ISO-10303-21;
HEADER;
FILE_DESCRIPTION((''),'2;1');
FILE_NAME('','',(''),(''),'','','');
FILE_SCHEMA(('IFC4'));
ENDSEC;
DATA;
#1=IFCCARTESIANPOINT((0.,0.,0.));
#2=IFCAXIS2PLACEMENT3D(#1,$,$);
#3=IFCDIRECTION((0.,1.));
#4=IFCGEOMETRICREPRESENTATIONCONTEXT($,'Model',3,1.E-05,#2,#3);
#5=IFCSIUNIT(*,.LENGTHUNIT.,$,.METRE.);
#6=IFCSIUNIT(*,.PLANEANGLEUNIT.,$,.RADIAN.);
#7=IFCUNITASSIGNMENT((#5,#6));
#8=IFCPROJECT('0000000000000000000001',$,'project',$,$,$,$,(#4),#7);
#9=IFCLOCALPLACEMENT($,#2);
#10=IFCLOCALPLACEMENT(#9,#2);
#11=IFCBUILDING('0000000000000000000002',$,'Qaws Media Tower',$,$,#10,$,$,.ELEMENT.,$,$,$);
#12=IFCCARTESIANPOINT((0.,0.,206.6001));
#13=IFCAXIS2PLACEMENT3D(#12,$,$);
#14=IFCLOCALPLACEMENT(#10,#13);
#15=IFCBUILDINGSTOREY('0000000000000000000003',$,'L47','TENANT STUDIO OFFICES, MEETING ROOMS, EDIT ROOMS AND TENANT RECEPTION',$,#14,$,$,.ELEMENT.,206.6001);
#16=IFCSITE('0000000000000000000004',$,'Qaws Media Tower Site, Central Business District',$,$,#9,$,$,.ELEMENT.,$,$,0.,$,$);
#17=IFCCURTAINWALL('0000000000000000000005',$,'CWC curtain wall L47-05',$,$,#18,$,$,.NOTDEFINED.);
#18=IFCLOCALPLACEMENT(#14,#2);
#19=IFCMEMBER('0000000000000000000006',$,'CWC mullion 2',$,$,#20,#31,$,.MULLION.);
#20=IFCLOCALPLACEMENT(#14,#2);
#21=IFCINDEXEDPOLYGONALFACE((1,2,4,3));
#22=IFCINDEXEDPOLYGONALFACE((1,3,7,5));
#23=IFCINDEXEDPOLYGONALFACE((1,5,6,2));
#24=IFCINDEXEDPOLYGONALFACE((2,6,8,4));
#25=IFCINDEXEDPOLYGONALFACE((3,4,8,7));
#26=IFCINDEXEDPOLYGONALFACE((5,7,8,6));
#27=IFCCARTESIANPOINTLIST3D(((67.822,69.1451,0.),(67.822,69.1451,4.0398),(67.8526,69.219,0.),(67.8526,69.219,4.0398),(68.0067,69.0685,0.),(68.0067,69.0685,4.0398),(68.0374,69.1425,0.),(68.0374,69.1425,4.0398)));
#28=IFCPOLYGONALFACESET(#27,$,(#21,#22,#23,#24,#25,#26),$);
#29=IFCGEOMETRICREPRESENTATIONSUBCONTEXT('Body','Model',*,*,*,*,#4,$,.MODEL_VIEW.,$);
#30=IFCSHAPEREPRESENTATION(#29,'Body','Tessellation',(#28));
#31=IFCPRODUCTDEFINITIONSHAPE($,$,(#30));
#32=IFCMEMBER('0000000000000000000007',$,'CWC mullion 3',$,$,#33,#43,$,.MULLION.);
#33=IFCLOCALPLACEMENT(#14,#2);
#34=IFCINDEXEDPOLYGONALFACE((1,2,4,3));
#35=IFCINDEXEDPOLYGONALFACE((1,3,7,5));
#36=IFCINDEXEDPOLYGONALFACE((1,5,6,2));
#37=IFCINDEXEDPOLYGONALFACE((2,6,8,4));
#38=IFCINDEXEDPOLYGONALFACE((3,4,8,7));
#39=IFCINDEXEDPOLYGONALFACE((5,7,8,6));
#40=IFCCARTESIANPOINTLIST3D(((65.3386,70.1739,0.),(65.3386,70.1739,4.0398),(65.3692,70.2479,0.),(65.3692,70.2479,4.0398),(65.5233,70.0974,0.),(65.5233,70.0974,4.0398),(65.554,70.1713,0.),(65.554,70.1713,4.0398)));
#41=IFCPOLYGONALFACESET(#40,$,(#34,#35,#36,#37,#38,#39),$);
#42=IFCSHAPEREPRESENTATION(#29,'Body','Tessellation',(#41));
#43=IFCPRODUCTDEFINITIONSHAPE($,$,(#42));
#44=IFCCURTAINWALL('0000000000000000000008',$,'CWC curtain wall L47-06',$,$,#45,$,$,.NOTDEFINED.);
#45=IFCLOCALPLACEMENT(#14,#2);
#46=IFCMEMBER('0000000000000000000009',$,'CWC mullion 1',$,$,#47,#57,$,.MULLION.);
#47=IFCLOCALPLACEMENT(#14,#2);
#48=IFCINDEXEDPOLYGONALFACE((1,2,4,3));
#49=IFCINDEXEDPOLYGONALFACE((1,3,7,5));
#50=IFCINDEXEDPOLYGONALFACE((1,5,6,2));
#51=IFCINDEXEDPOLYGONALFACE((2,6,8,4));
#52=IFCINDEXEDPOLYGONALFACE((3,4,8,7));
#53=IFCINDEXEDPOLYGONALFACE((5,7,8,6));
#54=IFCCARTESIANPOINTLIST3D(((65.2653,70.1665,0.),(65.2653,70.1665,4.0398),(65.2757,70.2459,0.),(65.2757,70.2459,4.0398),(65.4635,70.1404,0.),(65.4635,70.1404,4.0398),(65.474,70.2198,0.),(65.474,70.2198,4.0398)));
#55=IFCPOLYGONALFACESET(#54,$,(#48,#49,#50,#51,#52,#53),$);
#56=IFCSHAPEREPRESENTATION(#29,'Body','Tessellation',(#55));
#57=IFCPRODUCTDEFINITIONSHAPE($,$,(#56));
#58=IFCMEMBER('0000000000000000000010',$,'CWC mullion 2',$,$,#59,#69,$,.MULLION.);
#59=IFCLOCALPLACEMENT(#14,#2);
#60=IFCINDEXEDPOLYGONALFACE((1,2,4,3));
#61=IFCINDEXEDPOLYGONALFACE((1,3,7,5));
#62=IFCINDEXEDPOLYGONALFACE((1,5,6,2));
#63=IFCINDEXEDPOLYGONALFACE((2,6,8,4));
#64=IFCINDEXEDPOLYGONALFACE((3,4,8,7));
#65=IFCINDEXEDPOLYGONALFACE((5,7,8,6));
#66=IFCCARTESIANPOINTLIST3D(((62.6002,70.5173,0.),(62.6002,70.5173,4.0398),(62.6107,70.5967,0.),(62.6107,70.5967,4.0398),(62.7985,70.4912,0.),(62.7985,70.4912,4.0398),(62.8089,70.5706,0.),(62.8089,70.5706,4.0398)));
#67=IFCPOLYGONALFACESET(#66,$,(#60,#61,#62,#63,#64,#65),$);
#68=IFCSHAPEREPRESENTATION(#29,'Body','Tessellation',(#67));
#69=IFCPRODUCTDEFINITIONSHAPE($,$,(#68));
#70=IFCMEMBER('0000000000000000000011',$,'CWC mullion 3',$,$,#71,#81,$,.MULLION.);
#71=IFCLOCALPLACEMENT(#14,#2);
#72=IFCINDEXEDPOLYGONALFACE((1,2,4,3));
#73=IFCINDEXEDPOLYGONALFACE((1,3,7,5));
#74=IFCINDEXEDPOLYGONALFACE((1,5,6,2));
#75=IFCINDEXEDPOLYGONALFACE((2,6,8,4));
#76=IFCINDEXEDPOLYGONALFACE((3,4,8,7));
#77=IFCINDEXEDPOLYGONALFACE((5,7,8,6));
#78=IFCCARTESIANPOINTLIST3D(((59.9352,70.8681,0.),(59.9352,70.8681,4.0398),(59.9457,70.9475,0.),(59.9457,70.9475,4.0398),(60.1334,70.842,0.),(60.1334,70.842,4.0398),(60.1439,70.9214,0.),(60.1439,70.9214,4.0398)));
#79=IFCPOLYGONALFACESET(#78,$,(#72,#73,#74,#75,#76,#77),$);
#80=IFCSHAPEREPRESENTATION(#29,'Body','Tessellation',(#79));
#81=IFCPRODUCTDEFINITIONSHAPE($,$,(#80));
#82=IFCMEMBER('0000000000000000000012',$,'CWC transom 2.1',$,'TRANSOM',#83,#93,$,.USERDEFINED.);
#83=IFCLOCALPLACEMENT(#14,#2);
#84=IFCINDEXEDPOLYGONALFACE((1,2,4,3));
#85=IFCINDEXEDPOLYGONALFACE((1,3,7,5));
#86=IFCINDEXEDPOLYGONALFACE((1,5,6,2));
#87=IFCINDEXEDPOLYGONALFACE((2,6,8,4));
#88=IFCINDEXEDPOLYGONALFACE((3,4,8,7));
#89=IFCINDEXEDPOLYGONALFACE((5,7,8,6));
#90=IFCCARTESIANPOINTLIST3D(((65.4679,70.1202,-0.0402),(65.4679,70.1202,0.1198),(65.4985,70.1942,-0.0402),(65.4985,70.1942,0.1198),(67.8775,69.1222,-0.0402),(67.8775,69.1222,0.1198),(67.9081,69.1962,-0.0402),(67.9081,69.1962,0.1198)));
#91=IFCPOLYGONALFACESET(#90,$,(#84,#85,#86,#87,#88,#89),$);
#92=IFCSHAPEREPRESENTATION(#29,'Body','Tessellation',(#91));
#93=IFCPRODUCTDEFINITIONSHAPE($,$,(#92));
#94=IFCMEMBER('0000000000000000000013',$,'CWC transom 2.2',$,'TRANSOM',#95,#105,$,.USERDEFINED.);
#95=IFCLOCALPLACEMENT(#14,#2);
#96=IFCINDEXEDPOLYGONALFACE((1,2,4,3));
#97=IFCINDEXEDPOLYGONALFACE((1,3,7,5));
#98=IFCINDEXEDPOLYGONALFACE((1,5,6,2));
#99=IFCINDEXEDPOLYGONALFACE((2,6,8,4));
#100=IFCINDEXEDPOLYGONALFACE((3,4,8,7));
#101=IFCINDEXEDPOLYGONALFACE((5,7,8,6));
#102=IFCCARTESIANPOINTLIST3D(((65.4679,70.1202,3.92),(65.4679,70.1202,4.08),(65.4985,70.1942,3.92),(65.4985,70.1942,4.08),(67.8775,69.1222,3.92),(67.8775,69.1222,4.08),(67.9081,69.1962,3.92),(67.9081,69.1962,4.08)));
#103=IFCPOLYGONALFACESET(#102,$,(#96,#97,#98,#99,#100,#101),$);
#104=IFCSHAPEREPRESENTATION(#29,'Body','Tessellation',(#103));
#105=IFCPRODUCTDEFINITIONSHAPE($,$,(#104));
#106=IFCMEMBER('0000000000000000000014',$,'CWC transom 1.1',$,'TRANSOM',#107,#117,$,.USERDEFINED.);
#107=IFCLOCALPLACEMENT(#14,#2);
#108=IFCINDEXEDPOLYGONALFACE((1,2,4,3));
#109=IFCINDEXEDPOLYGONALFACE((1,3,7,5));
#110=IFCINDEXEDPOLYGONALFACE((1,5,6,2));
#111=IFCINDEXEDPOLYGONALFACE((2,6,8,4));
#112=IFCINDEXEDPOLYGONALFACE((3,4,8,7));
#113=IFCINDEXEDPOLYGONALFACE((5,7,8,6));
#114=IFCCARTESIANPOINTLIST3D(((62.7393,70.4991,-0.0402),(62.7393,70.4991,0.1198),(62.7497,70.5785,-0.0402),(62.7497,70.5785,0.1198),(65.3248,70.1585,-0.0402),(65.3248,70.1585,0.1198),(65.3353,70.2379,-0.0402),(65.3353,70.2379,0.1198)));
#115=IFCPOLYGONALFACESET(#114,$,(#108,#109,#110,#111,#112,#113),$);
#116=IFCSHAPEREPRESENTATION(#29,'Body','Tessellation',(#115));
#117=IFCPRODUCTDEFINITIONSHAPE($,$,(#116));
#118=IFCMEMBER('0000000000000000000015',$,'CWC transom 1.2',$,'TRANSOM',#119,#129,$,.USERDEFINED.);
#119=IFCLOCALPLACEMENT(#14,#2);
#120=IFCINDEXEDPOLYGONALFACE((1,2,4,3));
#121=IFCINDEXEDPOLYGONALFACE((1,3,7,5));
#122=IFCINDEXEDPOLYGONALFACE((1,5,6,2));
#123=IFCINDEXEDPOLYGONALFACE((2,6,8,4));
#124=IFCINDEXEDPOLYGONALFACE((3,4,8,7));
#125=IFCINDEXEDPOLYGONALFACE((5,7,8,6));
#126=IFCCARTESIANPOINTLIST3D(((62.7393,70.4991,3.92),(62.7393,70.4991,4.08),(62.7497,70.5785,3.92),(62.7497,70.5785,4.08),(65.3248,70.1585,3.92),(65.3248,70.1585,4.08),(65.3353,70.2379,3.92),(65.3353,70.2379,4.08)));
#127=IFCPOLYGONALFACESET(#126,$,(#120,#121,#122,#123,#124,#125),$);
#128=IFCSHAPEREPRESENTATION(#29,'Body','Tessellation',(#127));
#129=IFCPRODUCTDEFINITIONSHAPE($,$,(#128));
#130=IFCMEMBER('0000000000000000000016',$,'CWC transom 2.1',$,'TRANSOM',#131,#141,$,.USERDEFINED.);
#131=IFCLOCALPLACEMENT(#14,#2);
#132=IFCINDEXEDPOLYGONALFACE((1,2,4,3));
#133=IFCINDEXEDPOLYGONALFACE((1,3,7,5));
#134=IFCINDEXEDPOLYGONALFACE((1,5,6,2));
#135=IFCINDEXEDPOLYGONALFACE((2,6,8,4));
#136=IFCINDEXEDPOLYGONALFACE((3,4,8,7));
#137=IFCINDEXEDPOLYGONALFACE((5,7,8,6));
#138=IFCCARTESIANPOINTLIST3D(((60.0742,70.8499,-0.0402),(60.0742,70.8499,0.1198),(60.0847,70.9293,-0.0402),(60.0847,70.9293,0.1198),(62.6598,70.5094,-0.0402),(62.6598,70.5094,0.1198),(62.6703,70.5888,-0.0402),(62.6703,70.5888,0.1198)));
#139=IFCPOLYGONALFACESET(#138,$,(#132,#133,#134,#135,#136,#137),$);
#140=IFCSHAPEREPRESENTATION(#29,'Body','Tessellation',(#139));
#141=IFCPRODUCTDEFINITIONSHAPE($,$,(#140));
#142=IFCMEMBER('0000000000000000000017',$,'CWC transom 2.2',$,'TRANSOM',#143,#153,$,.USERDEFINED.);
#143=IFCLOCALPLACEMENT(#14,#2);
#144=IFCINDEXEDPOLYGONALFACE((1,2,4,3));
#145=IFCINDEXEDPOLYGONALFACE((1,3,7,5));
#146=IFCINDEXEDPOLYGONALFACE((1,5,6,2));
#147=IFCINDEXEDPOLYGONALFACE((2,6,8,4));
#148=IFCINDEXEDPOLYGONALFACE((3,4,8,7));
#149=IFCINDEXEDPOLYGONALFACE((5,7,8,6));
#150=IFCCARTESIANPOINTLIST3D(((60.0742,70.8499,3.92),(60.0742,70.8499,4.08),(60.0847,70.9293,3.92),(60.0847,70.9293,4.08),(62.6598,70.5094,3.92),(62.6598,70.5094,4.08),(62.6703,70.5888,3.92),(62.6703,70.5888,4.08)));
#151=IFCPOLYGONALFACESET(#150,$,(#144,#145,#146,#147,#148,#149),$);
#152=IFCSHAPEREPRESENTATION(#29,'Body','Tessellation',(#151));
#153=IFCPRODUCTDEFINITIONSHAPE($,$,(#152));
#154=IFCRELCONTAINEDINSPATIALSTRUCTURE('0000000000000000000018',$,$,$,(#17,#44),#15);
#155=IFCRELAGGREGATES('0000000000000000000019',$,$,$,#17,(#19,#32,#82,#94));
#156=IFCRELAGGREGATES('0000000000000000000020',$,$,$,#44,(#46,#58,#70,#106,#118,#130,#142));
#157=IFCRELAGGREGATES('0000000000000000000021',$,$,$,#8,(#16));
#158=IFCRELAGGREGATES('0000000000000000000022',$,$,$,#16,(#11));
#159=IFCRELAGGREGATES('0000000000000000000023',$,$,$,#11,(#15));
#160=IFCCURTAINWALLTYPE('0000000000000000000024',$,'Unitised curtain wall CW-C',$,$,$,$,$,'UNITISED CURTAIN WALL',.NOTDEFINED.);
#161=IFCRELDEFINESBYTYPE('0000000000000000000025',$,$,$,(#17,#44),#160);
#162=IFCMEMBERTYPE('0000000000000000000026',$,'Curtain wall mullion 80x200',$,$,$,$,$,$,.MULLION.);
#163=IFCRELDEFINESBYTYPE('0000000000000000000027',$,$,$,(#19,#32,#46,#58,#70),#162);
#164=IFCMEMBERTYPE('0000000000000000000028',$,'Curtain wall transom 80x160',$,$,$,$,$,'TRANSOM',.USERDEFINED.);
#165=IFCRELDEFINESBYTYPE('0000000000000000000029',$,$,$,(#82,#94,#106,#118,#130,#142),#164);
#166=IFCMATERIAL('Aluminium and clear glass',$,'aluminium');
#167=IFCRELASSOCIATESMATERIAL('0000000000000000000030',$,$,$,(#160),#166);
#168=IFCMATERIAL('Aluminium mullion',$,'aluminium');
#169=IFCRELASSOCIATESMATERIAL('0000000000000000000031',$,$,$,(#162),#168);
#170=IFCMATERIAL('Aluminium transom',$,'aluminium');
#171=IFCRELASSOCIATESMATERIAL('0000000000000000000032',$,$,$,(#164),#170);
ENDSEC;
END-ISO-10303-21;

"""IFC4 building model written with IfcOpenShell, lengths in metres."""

from ifc_helpers import new_model, si_unit, direction, frame, origin, origin_2d, place, context, subcontext, project, spatial, rectangle, extrude, material, material_profile, profile_set, type_object, element, aggregate, save


model = new_model("IFC4")

# Units and contexts
model_context = context("Model", 3, precision=1e-05, world=origin(), true_north=direction((0.0, 1.0)))
body_context = subcontext(model_context, "Body", "Model", "MODEL_VIEW")
ifc_project = project(units=[si_unit("LENGTHUNIT", "METRE"), si_unit("PLANEANGLEUNIT", "RADIAN")], contexts=[model_context])

# Site, building, storey
site_placement = place(None, origin())
site = spatial("IfcSite", under=ifc_project, at=site_placement, Name="Qaws Media Tower Site, Central Business District", CompositionType="ELEMENT", RefElevation=0.0)
building_placement = place(site_placement, origin())
building = spatial("IfcBuilding", under=site, at=building_placement, Name="Qaws Media Tower", CompositionType="ELEMENT")
storey_placement = place(building_placement, frame((0.0, 0.0, 206.6001)))
storey = spatial("IfcBuildingStorey", under=building, at=storey_placement, Name="L47", Description="TENANT STUDIO OFFICES, MEETING ROOMS, EDIT ROOMS AND TENANT RECEPTION", CompositionType="ELEMENT", Elevation=206.6001)

# Curtain walls, members
ifc_material_1 = material(Name="Aluminium and clear glass", Category="aluminium")
curtain_wall_type = type_object("IfcCurtainWallType", Name="Unitised curtain wall CW-C", ElementType="UNITISED CURTAIN WALL", PredefinedType="NOTDEFINED", material=ifc_material_1)
curtain_wall_1_placement = place(storey_placement, origin())
curtain_wall_1 = element("IfcCurtainWall", 1, at=curtain_wall_1_placement, inside=storey, type_object=curtain_wall_type, Name="CWC curtain wall L47-05", PredefinedType="NOTDEFINED")
ifc_material_2 = material(Name="Aluminium mullion", Category="aluminium")
ifc_material_profile_1 = material_profile(ifc_material_2, rectangle(XDim=0.0801, YDim=0.2, at=origin_2d()), Name="80x200")
ifc_profile_set_1 = profile_set([ifc_material_profile_1], Name="Aluminium mullion")
member_type_1 = type_object("IfcMemberType", Name="Curtain wall mullion 80x200", PredefinedType="MULLION", material=ifc_profile_set_1)
member_1_placement = place(storey_placement, frame((67.9297, 69.1438, 0.0), z_axis=(0.0, 0.0, 1.0), x_axis=(-0.382683, -0.92388, 0.0)))
member_1 = element("IfcMember", 2, at=member_1_placement, type_object=member_type_1, Name="CWC mullion 2", PredefinedType="MULLION", context=body_context, shape_type="SweptSolid", body=[
    extrude(rectangle(XDim=0.0801, YDim=0.2, at=origin_2d()), origin(), (0.0, 0.0, 1.0), 4.0398),
])
member_2_placement = place(storey_placement, frame((65.4463, 70.1726, 0.0), z_axis=(0.0, 0.0, 1.0), x_axis=(-0.382683, -0.92388, 0.0)))
member_2 = element("IfcMember", 3, at=member_2_placement, type_object=member_type_1, Name="CWC mullion 3", PredefinedType="MULLION", context=body_context, shape_type="SweptSolid", body=[
    extrude(rectangle(XDim=0.0801, YDim=0.2, at=origin_2d()), origin(), (0.0, 0.0, 1.0), 4.0398),
])
curtain_wall_2_placement = place(storey_placement, origin())
curtain_wall_2 = element("IfcCurtainWall", 4, at=curtain_wall_2_placement, inside=storey, type_object=curtain_wall_type, Name="CWC curtain wall L47-06", PredefinedType="NOTDEFINED")
member_3_placement = place(storey_placement, frame((65.3696, 70.1931, 0.0), z_axis=(0.0, 0.0, 1.0), x_axis=(-0.130526, -0.991445, 0.0)))
member_3 = element("IfcMember", 5, at=member_3_placement, type_object=member_type_1, Name="CWC mullion 1", PredefinedType="MULLION", context=body_context, shape_type="SweptSolid", body=[
    extrude(rectangle(XDim=0.0801, YDim=0.2, at=origin_2d()), origin(), (0.0, 0.0, 1.0), 4.0398),
])
member_4_placement = place(storey_placement, frame((62.7046, 70.5439, 0.0), z_axis=(0.0, 0.0, 1.0), x_axis=(-0.130526, -0.991445, 0.0)))
member_4 = element("IfcMember", 6, at=member_4_placement, type_object=member_type_1, Name="CWC mullion 2", PredefinedType="MULLION", context=body_context, shape_type="SweptSolid", body=[
    extrude(rectangle(XDim=0.0801, YDim=0.2, at=origin_2d()), origin(), (0.0, 0.0, 1.0), 4.0398),
])
member_5_placement = place(storey_placement, frame((60.0396, 70.8948, 0.0), z_axis=(0.0, 0.0, 1.0), x_axis=(-0.130526, -0.991445, 0.0)))
member_5 = element("IfcMember", 7, at=member_5_placement, type_object=member_type_1, Name="CWC mullion 3", PredefinedType="MULLION", context=body_context, shape_type="SweptSolid", body=[
    extrude(rectangle(XDim=0.0801, YDim=0.2, at=origin_2d()), origin(), (0.0, 0.0, 1.0), 4.0398),
])

# Members
ifc_material_3 = material(Name="Aluminium transom", Category="aluminium")
ifc_material_profile_2 = material_profile(ifc_material_3, rectangle(XDim=0.0801, YDim=0.1599, at=origin_2d()), Name="80x160")
ifc_profile_set_2 = profile_set([ifc_material_profile_2], Name="Aluminium transom")
member_type_2 = type_object("IfcMemberType", Name="Curtain wall transom 80x160", ElementType="TRANSOM", PredefinedType="USERDEFINED", material=ifc_profile_set_2)
member_6_placement = place(storey_placement, frame((67.8928, 69.1592, 0.0398), z_axis=(-0.923889, 0.38266, 0.0), x_axis=(-0.38266, -0.923889, 0.0)))
member_6 = element("IfcMember", 8, at=member_6_placement, type_object=member_type_2, Name="CWC transom 2.1", ObjectType="TRANSOM", PredefinedType="USERDEFINED", context=body_context, shape_type="SweptSolid", body=[
    extrude(rectangle(XDim=0.0801, YDim=0.1599, at=origin_2d()), origin(), (0.0, 0.0, 1.0), 2.6082),
])
member_7_placement = place(storey_placement, frame((67.8928, 69.1592, 4.0), z_axis=(-0.923889, 0.38266, 0.0), x_axis=(-0.38266, -0.923889, 0.0)))
member_7 = element("IfcMember", 9, at=member_7_placement, type_object=member_type_2, Name="CWC transom 2.2", ObjectType="TRANSOM", PredefinedType="USERDEFINED", context=body_context, shape_type="SweptSolid", body=[
    extrude(rectangle(XDim=0.0801, YDim=0.1599, at=origin_2d()), origin(), (0.0, 0.0, 1.0), 2.6082),
])
member_8_placement = place(storey_placement, frame((65.3301, 70.1982, 0.0398), z_axis=(-0.991437, 0.130588, 0.0), x_axis=(-0.130588, -0.991437, 0.0)))
member_8 = element("IfcMember", 10, at=member_8_placement, type_object=member_type_2, Name="CWC transom 1.1", ObjectType="TRANSOM", PredefinedType="USERDEFINED", context=body_context, shape_type="SweptSolid", body=[
    extrude(rectangle(XDim=0.0801, YDim=0.1599, at=origin_2d()), origin(), (0.0, 0.0, 1.0), 2.6079),
])
member_9_placement = place(storey_placement, frame((65.3301, 70.1982, 4.0), z_axis=(-0.991437, 0.130588, 0.0), x_axis=(-0.130588, -0.991437, 0.0)))
member_9 = element("IfcMember", 11, at=member_9_placement, type_object=member_type_2, Name="CWC transom 1.2", ObjectType="TRANSOM", PredefinedType="USERDEFINED", context=body_context, shape_type="SweptSolid", body=[
    extrude(rectangle(XDim=0.0801, YDim=0.1599, at=origin_2d()), origin(), (0.0, 0.0, 1.0), 2.6079),
])
member_10_placement = place(storey_placement, frame((62.665, 70.5491, 0.0398), z_axis=(-0.991437, 0.130588, 0.0), x_axis=(-0.130588, -0.991437, 0.0)))
member_10 = element("IfcMember", 12, at=member_10_placement, type_object=member_type_2, Name="CWC transom 2.1", ObjectType="TRANSOM", PredefinedType="USERDEFINED", context=body_context, shape_type="SweptSolid", body=[
    extrude(rectangle(XDim=0.0801, YDim=0.1599, at=origin_2d()), origin(), (0.0, 0.0, 1.0), 2.6079),
])
member_11_placement = place(storey_placement, frame((62.665, 70.5491, 4.0), z_axis=(-0.991437, 0.130588, 0.0), x_axis=(-0.130588, -0.991437, 0.0)))
member_11 = element("IfcMember", 13, at=member_11_placement, type_object=member_type_2, Name="CWC transom 2.2", ObjectType="TRANSOM", PredefinedType="USERDEFINED", context=body_context, shape_type="SweptSolid", body=[
    extrude(rectangle(XDim=0.0801, YDim=0.1599, at=origin_2d()), origin(), (0.0, 0.0, 1.0), 2.6079),
])

aggregate(curtain_wall_1, [member_1, member_2, member_6, member_7])
aggregate(curtain_wall_2, [member_3, member_4, member_5, member_8, member_9, member_10, member_11])

save(model, "model.ifc")
